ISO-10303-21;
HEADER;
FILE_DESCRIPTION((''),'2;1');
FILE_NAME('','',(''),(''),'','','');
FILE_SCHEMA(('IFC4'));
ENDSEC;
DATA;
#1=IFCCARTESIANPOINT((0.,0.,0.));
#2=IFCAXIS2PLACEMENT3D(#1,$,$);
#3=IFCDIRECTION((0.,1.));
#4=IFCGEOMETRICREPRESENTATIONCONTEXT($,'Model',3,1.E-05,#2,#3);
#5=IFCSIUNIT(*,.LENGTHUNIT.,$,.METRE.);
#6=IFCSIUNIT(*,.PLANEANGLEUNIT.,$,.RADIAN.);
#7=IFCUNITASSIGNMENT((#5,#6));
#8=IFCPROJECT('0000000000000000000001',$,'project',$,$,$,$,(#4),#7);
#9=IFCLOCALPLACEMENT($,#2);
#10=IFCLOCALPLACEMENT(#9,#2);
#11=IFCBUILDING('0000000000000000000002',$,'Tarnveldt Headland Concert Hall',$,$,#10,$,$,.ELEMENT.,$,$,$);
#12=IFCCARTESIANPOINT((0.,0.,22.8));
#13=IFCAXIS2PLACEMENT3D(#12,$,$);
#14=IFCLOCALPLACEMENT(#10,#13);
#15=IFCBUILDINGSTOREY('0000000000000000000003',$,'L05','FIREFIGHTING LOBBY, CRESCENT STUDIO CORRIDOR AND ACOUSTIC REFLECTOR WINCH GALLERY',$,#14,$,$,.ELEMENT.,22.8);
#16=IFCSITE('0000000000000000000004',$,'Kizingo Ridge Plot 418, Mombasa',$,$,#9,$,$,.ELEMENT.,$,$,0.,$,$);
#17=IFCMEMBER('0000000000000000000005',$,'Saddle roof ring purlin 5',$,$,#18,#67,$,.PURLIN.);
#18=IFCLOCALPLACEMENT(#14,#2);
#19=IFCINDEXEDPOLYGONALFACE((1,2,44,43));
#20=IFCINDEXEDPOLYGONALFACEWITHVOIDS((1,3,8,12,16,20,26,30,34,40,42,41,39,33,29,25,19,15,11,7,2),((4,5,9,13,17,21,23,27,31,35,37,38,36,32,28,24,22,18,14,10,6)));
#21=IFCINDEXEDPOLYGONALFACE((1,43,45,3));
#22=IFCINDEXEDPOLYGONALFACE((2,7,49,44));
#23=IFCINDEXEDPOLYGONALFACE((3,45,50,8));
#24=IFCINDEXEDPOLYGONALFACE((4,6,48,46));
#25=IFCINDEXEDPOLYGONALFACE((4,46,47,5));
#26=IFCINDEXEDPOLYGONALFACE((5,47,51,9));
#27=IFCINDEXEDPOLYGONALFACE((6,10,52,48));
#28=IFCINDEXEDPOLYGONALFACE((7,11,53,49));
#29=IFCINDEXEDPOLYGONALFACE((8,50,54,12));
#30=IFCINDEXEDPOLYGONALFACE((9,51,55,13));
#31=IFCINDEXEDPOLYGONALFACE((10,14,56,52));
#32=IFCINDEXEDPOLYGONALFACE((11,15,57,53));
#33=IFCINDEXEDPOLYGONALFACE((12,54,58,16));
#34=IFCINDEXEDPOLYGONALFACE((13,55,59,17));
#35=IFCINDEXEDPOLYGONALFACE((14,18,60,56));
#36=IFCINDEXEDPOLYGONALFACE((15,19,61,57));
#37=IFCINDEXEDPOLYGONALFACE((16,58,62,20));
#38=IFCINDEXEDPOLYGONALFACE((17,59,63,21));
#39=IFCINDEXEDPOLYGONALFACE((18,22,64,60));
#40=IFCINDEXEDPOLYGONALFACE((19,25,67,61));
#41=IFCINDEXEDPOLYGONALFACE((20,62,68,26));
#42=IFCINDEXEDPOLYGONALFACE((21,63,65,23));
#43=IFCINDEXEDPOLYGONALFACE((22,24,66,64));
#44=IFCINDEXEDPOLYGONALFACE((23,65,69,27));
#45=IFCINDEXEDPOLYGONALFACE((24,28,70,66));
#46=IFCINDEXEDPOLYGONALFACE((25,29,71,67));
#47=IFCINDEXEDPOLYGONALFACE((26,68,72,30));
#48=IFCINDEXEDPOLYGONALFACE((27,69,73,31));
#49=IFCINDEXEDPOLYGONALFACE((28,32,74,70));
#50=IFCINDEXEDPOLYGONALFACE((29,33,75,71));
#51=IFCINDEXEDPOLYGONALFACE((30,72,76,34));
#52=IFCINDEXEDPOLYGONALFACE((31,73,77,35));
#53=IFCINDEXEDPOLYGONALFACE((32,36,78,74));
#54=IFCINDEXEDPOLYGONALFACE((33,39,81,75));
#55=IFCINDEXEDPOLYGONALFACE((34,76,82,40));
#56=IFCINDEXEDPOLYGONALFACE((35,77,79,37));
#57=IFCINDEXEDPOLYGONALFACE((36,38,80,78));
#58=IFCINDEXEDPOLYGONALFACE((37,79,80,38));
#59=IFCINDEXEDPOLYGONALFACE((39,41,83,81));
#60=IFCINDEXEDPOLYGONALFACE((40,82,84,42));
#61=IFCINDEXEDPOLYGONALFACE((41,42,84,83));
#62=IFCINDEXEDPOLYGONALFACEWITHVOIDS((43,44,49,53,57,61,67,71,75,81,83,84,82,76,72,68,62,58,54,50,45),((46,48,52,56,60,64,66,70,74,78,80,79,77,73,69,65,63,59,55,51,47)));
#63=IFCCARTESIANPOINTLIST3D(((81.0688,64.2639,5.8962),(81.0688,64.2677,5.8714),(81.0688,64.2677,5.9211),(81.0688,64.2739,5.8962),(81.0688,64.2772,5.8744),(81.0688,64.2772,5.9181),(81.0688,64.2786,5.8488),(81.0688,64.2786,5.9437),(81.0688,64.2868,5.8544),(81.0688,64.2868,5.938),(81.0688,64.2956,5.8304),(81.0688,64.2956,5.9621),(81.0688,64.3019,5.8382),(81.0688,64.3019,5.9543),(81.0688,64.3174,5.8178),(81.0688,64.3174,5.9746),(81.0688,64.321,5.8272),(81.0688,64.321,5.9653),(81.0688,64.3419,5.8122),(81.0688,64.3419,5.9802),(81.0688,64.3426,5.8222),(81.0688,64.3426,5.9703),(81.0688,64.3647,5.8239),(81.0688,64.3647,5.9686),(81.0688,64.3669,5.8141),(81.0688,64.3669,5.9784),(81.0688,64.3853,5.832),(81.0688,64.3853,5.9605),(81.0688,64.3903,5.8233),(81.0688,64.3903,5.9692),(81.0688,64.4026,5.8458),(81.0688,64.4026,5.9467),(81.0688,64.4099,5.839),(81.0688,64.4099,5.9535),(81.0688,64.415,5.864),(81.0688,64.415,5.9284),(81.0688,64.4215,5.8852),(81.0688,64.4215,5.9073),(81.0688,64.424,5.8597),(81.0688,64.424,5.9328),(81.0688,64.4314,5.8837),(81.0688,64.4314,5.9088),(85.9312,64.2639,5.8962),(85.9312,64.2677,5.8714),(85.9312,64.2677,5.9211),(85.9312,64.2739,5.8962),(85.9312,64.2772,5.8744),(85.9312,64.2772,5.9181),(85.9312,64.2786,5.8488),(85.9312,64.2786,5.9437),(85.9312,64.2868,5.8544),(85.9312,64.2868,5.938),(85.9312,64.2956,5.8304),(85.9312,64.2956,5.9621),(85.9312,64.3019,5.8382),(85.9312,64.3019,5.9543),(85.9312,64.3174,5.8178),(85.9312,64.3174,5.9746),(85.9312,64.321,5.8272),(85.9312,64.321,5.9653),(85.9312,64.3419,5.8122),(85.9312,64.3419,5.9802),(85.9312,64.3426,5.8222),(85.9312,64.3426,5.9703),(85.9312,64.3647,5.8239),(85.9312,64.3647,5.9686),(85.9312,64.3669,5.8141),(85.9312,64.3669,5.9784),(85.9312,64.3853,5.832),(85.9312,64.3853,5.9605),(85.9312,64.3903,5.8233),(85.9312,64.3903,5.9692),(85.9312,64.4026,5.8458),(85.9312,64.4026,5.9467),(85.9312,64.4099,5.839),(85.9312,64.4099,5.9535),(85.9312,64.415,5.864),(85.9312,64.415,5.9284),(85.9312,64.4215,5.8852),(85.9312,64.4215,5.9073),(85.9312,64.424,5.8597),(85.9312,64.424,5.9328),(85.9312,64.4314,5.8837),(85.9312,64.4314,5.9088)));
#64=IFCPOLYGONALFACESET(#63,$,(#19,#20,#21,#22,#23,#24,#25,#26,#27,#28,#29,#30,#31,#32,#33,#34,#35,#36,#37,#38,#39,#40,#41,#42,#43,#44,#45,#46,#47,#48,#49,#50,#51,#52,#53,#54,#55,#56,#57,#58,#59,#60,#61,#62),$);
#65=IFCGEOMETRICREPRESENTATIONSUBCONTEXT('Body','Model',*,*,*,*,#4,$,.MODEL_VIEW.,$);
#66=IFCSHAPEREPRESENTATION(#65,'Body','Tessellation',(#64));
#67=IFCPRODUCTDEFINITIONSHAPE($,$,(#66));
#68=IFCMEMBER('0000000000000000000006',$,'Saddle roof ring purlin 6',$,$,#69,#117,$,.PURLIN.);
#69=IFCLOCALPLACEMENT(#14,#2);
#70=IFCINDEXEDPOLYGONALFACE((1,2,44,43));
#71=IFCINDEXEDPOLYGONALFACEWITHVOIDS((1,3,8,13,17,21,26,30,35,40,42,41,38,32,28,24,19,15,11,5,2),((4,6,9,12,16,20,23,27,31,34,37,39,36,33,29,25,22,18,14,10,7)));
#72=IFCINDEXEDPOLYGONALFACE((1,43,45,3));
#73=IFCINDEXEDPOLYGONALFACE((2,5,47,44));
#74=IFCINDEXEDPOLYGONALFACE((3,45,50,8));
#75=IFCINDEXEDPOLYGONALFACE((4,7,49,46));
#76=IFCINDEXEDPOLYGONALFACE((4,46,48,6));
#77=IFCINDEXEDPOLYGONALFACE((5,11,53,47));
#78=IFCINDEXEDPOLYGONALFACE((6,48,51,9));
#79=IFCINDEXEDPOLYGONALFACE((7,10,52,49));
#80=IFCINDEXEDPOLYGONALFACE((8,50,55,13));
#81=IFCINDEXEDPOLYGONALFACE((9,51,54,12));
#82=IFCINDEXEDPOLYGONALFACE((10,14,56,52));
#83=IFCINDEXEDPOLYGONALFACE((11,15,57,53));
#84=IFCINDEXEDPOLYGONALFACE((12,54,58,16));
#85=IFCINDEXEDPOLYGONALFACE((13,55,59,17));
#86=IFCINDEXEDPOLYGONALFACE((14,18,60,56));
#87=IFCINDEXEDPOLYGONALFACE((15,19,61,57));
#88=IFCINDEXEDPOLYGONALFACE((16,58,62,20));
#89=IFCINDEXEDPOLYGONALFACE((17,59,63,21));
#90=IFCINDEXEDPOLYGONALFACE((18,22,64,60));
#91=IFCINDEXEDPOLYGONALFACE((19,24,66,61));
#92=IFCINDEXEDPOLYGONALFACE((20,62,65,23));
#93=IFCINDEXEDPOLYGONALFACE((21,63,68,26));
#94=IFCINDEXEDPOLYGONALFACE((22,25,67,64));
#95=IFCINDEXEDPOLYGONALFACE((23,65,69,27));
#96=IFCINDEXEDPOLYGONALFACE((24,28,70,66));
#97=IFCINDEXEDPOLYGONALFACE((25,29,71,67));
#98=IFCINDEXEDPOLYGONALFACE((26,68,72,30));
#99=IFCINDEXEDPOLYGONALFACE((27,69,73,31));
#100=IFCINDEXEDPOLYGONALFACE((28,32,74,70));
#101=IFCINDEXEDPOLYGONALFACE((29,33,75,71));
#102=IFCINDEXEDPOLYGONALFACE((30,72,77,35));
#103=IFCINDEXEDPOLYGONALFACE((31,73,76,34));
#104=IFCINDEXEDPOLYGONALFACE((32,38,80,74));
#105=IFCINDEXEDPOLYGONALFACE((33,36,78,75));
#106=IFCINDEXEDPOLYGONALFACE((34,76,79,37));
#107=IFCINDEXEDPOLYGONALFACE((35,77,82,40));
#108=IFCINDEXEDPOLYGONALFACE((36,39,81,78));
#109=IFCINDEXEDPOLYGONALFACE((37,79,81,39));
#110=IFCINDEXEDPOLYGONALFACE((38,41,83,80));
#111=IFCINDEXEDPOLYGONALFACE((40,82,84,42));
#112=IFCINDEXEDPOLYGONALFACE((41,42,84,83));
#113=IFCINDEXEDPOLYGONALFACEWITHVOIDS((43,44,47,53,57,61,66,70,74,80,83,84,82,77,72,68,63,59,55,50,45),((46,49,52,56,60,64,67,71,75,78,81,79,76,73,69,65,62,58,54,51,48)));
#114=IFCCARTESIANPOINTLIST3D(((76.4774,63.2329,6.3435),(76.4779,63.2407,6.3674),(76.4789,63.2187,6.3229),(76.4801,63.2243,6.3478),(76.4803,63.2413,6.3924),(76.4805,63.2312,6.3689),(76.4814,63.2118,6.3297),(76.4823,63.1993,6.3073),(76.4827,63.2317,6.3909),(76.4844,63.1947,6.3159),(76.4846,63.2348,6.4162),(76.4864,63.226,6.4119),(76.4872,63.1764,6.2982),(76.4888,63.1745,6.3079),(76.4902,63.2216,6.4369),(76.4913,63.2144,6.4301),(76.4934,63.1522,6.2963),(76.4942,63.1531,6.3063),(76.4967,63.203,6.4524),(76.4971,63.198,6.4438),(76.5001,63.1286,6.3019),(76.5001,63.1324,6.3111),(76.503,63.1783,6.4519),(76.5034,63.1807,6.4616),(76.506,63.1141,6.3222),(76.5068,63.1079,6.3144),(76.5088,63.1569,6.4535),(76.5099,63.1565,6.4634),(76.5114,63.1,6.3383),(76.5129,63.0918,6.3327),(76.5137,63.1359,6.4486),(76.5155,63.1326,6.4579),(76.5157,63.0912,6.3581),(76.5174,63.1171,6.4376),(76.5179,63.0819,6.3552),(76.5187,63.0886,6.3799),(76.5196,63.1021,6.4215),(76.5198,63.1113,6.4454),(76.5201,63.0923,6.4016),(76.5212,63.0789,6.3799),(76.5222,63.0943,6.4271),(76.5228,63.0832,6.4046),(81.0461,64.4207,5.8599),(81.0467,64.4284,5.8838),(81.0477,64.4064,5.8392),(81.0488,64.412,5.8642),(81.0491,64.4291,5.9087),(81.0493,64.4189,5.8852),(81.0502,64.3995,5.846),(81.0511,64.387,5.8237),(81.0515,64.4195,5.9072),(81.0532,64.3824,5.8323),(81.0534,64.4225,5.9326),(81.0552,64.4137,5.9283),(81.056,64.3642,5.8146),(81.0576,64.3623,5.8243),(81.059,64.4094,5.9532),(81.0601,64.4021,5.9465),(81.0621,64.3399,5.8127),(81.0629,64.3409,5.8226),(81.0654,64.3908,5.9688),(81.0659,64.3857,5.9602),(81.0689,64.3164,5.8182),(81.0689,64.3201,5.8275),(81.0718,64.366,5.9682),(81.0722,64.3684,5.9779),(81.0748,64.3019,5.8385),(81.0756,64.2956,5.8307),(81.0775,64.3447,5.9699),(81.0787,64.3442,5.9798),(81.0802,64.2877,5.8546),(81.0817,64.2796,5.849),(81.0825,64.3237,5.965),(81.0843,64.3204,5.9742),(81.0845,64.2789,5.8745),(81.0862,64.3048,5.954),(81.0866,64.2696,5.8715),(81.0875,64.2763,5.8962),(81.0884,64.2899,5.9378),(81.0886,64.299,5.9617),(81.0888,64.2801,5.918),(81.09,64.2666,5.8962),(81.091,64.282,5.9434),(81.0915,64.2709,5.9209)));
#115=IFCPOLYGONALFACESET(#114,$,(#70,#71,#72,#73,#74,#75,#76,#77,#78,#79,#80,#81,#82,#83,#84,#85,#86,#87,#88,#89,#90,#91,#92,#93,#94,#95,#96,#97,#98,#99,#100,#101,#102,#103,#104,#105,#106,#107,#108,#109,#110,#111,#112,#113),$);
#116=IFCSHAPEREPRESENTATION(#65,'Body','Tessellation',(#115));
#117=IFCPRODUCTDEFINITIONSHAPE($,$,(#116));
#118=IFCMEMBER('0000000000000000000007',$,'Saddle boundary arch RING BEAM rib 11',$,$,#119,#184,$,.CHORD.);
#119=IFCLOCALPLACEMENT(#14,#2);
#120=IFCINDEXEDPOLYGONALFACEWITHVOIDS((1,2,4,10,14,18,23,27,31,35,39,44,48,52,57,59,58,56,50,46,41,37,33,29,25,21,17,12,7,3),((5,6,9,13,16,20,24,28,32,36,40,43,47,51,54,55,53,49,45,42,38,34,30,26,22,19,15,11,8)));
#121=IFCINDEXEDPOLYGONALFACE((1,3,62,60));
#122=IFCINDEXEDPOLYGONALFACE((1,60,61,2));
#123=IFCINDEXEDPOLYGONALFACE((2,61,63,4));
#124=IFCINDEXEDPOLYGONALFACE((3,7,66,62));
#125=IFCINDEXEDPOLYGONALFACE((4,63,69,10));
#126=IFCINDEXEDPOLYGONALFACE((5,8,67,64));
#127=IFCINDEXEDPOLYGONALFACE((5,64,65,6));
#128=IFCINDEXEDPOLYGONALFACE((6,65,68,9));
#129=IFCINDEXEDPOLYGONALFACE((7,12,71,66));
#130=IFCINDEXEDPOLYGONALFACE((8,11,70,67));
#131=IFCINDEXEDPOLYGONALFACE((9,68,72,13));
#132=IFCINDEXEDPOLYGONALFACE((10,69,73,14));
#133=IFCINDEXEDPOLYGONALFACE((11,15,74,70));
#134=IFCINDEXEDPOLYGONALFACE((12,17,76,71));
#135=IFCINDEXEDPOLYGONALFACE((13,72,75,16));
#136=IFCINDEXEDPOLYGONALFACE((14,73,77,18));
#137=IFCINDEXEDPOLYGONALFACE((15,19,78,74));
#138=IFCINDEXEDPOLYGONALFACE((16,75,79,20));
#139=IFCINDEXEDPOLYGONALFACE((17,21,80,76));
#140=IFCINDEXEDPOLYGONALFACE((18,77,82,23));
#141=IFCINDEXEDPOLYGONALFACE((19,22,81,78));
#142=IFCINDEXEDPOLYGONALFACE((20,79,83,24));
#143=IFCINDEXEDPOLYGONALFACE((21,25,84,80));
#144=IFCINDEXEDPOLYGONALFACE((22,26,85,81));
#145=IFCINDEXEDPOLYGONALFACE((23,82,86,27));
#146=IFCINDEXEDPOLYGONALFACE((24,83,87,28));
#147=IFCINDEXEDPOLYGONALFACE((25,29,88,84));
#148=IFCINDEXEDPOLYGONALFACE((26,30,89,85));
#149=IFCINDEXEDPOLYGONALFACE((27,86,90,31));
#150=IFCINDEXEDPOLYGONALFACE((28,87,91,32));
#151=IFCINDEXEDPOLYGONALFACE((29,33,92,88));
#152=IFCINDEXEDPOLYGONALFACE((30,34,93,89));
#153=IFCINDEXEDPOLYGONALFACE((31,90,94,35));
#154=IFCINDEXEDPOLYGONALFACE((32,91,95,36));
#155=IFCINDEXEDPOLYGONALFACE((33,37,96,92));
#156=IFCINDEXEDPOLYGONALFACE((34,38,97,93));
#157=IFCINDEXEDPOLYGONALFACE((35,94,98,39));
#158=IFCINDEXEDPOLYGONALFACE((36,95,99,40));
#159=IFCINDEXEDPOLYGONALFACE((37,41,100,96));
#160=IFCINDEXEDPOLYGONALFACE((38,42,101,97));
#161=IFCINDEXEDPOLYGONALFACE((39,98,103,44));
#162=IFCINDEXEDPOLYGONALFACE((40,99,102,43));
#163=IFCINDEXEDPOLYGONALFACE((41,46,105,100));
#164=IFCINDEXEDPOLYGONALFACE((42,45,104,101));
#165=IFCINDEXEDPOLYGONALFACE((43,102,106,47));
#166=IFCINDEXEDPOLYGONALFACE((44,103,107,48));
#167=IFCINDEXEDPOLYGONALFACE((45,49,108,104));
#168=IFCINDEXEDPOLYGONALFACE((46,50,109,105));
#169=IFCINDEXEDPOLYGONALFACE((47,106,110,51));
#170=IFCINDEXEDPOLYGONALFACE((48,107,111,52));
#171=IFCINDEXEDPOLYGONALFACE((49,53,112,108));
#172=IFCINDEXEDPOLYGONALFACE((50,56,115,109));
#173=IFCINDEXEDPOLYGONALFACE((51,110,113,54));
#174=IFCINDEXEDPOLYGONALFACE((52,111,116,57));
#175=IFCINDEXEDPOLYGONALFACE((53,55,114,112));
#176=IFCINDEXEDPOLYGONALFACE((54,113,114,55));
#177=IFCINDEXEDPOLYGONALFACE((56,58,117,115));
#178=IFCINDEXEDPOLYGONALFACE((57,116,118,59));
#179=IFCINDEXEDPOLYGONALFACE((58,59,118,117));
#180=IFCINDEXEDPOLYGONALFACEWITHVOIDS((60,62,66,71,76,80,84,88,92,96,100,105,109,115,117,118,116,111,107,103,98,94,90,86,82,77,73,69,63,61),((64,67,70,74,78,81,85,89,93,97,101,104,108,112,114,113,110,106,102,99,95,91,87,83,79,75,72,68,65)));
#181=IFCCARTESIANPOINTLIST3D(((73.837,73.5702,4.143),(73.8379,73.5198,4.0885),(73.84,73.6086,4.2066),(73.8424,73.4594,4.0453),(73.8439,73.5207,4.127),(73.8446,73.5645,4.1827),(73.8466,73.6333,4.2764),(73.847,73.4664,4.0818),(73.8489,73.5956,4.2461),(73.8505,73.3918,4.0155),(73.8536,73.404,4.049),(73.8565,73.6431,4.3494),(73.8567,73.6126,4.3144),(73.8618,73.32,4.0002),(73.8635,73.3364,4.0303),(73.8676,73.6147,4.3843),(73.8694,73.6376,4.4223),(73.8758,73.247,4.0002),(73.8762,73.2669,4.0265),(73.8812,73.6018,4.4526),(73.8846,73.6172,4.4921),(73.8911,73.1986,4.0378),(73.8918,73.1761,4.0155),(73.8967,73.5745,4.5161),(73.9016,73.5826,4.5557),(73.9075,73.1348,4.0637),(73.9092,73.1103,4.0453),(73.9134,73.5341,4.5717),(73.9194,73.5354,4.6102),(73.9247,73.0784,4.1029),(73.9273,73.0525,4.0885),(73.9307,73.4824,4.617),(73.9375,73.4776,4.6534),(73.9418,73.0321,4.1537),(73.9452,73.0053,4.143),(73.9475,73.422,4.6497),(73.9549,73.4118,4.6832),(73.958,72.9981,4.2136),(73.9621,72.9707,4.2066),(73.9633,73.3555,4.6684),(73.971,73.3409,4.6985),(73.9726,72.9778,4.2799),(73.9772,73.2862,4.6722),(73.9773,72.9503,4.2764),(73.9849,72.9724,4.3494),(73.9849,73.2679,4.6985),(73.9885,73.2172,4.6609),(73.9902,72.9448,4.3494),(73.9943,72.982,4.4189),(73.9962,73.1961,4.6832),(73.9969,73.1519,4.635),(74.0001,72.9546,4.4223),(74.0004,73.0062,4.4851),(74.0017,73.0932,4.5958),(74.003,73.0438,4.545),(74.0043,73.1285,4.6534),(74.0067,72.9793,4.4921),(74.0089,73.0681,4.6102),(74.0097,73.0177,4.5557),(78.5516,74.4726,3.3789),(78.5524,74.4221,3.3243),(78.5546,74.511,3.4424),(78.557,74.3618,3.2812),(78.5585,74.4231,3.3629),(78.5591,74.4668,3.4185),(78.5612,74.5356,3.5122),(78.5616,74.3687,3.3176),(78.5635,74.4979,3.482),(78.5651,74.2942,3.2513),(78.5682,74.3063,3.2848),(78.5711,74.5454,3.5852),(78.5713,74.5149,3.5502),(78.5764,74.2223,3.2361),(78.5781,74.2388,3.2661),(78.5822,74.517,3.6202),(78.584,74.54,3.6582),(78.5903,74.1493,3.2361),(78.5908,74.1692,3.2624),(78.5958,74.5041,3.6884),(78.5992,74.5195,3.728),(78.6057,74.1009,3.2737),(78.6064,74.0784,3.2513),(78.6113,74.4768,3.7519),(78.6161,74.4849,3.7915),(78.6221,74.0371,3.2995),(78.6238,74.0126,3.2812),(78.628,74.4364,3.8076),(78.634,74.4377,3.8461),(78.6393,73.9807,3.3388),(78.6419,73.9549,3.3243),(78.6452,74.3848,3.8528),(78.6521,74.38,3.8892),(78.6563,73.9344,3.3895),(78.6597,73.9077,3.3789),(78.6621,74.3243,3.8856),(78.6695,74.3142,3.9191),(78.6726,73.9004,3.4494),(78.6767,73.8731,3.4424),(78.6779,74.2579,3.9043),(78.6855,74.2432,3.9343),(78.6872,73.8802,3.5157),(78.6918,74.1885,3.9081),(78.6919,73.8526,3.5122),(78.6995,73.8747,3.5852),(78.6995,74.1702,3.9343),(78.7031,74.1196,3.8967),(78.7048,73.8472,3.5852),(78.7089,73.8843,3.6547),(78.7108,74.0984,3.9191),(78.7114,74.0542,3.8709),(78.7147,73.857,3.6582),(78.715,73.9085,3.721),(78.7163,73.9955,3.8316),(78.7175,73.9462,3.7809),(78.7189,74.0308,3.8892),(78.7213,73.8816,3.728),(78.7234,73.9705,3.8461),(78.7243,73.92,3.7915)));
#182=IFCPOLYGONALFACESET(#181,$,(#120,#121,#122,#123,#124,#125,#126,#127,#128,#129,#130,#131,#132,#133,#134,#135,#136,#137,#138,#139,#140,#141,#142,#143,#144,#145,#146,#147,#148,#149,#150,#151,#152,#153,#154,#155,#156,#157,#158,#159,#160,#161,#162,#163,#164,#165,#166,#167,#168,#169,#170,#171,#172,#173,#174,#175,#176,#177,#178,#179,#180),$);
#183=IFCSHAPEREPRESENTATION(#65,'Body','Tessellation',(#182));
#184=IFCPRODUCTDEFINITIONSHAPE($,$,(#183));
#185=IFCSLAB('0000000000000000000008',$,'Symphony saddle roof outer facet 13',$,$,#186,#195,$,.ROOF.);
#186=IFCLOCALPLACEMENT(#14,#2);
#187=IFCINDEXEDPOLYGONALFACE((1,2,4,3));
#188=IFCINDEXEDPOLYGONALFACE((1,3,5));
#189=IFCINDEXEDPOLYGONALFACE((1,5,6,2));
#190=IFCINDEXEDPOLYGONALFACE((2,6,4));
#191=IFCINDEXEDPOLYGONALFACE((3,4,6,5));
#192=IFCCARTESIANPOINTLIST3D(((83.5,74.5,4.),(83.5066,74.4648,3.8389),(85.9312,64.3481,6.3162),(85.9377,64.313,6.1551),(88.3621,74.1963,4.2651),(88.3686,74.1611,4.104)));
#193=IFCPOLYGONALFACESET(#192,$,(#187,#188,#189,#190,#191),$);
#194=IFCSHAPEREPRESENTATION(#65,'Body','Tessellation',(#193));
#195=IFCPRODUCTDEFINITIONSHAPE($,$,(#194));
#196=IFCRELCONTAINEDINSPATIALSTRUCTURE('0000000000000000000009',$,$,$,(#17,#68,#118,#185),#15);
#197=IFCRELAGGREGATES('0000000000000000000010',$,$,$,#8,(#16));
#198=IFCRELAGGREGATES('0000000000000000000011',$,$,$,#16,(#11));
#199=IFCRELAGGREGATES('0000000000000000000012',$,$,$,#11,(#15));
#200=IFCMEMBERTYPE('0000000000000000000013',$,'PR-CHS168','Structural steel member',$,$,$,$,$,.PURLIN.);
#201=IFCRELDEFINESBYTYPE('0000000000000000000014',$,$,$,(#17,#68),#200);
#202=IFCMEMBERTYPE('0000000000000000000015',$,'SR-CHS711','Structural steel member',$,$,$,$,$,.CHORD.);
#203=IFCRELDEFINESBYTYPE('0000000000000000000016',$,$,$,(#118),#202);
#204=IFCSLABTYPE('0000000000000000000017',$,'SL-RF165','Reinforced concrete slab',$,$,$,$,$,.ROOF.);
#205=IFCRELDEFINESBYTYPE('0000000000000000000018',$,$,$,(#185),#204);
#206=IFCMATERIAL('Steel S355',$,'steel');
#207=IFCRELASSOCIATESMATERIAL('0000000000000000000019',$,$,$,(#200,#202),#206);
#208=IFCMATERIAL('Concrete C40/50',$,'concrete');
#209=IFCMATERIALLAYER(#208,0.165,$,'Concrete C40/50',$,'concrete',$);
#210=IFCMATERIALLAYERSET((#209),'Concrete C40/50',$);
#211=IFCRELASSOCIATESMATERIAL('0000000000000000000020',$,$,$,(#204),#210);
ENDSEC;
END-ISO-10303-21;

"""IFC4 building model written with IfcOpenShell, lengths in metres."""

from ifc_helpers import new_model, si_unit, direction, frame, origin, origin_2d, place, context, subcontext, project, spatial, polyline, hollow_circle, outline, extrude, material, layer, layer_set, material_profile, profile_set, type_object, element, save


model = new_model("IFC4")

# Units and contexts
model_context = context("Model", 3, precision=1e-05, world=origin(), true_north=direction((0.0, 1.0)))
body_context = subcontext(model_context, "Body", "Model", "MODEL_VIEW")
ifc_project = project(units=[si_unit("LENGTHUNIT", "METRE"), si_unit("PLANEANGLEUNIT", "RADIAN")], contexts=[model_context])

# Site, building, storey
site_placement = place(None, origin())
site = spatial("IfcSite", under=ifc_project, at=site_placement, Name="Kizingo Ridge Plot 418, Mombasa", CompositionType="ELEMENT", RefElevation=0.0)
building_placement = place(site_placement, origin())
building = spatial("IfcBuilding", under=site, at=building_placement, Name="Tarnveldt Headland Concert Hall", CompositionType="ELEMENT")
storey_placement = place(building_placement, frame((0.0, 0.0, 22.8)))
storey = spatial("IfcBuildingStorey", under=building, at=storey_placement, Name="L05", Description="FIREFIGHTING LOBBY, CRESCENT STUDIO CORRIDOR AND ACOUSTIC REFLECTOR WINCH GALLERY", CompositionType="ELEMENT", Elevation=22.8)

# Shared definitions
ifc_material_1 = material(Name="Concrete C40/50", Category="concrete")

# Members
ifc_material_2 = material(Name="Steel S355", Category="steel")
ifc_material_profile_1 = material_profile(ifc_material_2, hollow_circle(Radius=0.0842, WallThickness=0.01, at=origin_2d()), Name="CHS 168.3x10", Category="steel")
ifc_profile_set_1 = profile_set([ifc_material_profile_1], Name="Steel S355")
member_type_1 = type_object("IfcMemberType", Name="PR-CHS168", Description="Structural steel member", PredefinedType="PURLIN", material=ifc_profile_set_1)
member_1_placement = place(storey_placement, frame((85.9312, 64.3481, 5.8962), z_axis=(-1.0, 0.0, 0.0), x_axis=(0.0, -1.0, 0.0)))
element("IfcMember", 1, at=member_1_placement, inside=storey, type_object=member_type_1, Name="Saddle roof ring purlin 5", PredefinedType="PURLIN", context=body_context, shape_type="SweptSolid", body=[
    extrude(hollow_circle(Radius=0.0842, WallThickness=0.01, at=origin_2d()), origin(), (0.0, 0.0, 1.0), 4.8623),
])
member_2_placement = place(storey_placement, frame((81.0688, 64.3481, 5.8962), z_axis=(-0.962791, -0.250293, 0.101918), x_axis=(0.251603, -0.967831, 0.0)))
element("IfcMember", 2, at=member_2_placement, inside=storey, type_object=member_type_1, Name="Saddle roof ring purlin 6", PredefinedType="PURLIN", context=body_context, shape_type="SweptSolid", body=[
    extrude(hollow_circle(Radius=0.0842, WallThickness=0.01, at=origin_2d()), origin(), (0.0, 0.0, 1.0), 4.7454),
])
ifc_material_profile_2 = material_profile(ifc_material_2, hollow_circle(Radius=0.3555, WallThickness=0.0281, at=origin_2d()), Name="CHS 711x28", Category="steel")
ifc_profile_set_2 = profile_set([ifc_material_profile_2], Name="Steel S355")
member_type_2 = type_object("IfcMemberType", Name="SR-CHS711", Description="Structural steel member", PredefinedType="CHORD", material=ifc_profile_set_2)
member_3_placement = place(storey_placement, frame((78.6379, 74.1963, 3.5852), z_axis=(-0.969959, -0.185644, 0.157215), x_axis=(0.187981, -0.982173, 0.0)))
element("IfcMember", 3, at=member_3_placement, inside=storey, type_object=member_type_2, Name="Saddle boundary arch RING BEAM rib 11", PredefinedType="CHORD", context=body_context, shape_type="SweptSolid", body=[
    extrude(hollow_circle(Radius=0.3555, WallThickness=0.0281, at=origin_2d()), origin(), (0.0, 0.0, 1.0), 4.8606),
])

# Slab
ifc_layer_1 = layer(ifc_material_1, 0.165, Name="Concrete C40/50", Category="concrete")
ifc_layer_set_1 = layer_set([ifc_layer_1], Name="Concrete C40/50")
slab_type_1 = type_object("IfcSlabType", Name="SL-RF165", Description="Reinforced concrete slab", PredefinedType="ROOF", material=ifc_layer_set_1)
slab_1_placement = place(storey_placement, frame((85.9312, 64.3481, 6.3162), z_axis=(-0.039919, 0.213162, 0.976201), x_axis=(0.234893, 0.951603, -0.198186)))
element("IfcSlab", 4, at=slab_1_placement, inside=storey, type_object=slab_type_1, Name="Symphony saddle roof outer facet 13", PredefinedType="ROOF", context=body_context, shape_type="SweptSolid", body=[
    extrude(outline(polyline([(0.0, 0.0), (10.349, 0.0), (9.5485, 4.8126), (0.0, 0.0)])), origin(), (0.0, 0.0, -1.0), 0.165),
])

save(model, "model.ifc")
